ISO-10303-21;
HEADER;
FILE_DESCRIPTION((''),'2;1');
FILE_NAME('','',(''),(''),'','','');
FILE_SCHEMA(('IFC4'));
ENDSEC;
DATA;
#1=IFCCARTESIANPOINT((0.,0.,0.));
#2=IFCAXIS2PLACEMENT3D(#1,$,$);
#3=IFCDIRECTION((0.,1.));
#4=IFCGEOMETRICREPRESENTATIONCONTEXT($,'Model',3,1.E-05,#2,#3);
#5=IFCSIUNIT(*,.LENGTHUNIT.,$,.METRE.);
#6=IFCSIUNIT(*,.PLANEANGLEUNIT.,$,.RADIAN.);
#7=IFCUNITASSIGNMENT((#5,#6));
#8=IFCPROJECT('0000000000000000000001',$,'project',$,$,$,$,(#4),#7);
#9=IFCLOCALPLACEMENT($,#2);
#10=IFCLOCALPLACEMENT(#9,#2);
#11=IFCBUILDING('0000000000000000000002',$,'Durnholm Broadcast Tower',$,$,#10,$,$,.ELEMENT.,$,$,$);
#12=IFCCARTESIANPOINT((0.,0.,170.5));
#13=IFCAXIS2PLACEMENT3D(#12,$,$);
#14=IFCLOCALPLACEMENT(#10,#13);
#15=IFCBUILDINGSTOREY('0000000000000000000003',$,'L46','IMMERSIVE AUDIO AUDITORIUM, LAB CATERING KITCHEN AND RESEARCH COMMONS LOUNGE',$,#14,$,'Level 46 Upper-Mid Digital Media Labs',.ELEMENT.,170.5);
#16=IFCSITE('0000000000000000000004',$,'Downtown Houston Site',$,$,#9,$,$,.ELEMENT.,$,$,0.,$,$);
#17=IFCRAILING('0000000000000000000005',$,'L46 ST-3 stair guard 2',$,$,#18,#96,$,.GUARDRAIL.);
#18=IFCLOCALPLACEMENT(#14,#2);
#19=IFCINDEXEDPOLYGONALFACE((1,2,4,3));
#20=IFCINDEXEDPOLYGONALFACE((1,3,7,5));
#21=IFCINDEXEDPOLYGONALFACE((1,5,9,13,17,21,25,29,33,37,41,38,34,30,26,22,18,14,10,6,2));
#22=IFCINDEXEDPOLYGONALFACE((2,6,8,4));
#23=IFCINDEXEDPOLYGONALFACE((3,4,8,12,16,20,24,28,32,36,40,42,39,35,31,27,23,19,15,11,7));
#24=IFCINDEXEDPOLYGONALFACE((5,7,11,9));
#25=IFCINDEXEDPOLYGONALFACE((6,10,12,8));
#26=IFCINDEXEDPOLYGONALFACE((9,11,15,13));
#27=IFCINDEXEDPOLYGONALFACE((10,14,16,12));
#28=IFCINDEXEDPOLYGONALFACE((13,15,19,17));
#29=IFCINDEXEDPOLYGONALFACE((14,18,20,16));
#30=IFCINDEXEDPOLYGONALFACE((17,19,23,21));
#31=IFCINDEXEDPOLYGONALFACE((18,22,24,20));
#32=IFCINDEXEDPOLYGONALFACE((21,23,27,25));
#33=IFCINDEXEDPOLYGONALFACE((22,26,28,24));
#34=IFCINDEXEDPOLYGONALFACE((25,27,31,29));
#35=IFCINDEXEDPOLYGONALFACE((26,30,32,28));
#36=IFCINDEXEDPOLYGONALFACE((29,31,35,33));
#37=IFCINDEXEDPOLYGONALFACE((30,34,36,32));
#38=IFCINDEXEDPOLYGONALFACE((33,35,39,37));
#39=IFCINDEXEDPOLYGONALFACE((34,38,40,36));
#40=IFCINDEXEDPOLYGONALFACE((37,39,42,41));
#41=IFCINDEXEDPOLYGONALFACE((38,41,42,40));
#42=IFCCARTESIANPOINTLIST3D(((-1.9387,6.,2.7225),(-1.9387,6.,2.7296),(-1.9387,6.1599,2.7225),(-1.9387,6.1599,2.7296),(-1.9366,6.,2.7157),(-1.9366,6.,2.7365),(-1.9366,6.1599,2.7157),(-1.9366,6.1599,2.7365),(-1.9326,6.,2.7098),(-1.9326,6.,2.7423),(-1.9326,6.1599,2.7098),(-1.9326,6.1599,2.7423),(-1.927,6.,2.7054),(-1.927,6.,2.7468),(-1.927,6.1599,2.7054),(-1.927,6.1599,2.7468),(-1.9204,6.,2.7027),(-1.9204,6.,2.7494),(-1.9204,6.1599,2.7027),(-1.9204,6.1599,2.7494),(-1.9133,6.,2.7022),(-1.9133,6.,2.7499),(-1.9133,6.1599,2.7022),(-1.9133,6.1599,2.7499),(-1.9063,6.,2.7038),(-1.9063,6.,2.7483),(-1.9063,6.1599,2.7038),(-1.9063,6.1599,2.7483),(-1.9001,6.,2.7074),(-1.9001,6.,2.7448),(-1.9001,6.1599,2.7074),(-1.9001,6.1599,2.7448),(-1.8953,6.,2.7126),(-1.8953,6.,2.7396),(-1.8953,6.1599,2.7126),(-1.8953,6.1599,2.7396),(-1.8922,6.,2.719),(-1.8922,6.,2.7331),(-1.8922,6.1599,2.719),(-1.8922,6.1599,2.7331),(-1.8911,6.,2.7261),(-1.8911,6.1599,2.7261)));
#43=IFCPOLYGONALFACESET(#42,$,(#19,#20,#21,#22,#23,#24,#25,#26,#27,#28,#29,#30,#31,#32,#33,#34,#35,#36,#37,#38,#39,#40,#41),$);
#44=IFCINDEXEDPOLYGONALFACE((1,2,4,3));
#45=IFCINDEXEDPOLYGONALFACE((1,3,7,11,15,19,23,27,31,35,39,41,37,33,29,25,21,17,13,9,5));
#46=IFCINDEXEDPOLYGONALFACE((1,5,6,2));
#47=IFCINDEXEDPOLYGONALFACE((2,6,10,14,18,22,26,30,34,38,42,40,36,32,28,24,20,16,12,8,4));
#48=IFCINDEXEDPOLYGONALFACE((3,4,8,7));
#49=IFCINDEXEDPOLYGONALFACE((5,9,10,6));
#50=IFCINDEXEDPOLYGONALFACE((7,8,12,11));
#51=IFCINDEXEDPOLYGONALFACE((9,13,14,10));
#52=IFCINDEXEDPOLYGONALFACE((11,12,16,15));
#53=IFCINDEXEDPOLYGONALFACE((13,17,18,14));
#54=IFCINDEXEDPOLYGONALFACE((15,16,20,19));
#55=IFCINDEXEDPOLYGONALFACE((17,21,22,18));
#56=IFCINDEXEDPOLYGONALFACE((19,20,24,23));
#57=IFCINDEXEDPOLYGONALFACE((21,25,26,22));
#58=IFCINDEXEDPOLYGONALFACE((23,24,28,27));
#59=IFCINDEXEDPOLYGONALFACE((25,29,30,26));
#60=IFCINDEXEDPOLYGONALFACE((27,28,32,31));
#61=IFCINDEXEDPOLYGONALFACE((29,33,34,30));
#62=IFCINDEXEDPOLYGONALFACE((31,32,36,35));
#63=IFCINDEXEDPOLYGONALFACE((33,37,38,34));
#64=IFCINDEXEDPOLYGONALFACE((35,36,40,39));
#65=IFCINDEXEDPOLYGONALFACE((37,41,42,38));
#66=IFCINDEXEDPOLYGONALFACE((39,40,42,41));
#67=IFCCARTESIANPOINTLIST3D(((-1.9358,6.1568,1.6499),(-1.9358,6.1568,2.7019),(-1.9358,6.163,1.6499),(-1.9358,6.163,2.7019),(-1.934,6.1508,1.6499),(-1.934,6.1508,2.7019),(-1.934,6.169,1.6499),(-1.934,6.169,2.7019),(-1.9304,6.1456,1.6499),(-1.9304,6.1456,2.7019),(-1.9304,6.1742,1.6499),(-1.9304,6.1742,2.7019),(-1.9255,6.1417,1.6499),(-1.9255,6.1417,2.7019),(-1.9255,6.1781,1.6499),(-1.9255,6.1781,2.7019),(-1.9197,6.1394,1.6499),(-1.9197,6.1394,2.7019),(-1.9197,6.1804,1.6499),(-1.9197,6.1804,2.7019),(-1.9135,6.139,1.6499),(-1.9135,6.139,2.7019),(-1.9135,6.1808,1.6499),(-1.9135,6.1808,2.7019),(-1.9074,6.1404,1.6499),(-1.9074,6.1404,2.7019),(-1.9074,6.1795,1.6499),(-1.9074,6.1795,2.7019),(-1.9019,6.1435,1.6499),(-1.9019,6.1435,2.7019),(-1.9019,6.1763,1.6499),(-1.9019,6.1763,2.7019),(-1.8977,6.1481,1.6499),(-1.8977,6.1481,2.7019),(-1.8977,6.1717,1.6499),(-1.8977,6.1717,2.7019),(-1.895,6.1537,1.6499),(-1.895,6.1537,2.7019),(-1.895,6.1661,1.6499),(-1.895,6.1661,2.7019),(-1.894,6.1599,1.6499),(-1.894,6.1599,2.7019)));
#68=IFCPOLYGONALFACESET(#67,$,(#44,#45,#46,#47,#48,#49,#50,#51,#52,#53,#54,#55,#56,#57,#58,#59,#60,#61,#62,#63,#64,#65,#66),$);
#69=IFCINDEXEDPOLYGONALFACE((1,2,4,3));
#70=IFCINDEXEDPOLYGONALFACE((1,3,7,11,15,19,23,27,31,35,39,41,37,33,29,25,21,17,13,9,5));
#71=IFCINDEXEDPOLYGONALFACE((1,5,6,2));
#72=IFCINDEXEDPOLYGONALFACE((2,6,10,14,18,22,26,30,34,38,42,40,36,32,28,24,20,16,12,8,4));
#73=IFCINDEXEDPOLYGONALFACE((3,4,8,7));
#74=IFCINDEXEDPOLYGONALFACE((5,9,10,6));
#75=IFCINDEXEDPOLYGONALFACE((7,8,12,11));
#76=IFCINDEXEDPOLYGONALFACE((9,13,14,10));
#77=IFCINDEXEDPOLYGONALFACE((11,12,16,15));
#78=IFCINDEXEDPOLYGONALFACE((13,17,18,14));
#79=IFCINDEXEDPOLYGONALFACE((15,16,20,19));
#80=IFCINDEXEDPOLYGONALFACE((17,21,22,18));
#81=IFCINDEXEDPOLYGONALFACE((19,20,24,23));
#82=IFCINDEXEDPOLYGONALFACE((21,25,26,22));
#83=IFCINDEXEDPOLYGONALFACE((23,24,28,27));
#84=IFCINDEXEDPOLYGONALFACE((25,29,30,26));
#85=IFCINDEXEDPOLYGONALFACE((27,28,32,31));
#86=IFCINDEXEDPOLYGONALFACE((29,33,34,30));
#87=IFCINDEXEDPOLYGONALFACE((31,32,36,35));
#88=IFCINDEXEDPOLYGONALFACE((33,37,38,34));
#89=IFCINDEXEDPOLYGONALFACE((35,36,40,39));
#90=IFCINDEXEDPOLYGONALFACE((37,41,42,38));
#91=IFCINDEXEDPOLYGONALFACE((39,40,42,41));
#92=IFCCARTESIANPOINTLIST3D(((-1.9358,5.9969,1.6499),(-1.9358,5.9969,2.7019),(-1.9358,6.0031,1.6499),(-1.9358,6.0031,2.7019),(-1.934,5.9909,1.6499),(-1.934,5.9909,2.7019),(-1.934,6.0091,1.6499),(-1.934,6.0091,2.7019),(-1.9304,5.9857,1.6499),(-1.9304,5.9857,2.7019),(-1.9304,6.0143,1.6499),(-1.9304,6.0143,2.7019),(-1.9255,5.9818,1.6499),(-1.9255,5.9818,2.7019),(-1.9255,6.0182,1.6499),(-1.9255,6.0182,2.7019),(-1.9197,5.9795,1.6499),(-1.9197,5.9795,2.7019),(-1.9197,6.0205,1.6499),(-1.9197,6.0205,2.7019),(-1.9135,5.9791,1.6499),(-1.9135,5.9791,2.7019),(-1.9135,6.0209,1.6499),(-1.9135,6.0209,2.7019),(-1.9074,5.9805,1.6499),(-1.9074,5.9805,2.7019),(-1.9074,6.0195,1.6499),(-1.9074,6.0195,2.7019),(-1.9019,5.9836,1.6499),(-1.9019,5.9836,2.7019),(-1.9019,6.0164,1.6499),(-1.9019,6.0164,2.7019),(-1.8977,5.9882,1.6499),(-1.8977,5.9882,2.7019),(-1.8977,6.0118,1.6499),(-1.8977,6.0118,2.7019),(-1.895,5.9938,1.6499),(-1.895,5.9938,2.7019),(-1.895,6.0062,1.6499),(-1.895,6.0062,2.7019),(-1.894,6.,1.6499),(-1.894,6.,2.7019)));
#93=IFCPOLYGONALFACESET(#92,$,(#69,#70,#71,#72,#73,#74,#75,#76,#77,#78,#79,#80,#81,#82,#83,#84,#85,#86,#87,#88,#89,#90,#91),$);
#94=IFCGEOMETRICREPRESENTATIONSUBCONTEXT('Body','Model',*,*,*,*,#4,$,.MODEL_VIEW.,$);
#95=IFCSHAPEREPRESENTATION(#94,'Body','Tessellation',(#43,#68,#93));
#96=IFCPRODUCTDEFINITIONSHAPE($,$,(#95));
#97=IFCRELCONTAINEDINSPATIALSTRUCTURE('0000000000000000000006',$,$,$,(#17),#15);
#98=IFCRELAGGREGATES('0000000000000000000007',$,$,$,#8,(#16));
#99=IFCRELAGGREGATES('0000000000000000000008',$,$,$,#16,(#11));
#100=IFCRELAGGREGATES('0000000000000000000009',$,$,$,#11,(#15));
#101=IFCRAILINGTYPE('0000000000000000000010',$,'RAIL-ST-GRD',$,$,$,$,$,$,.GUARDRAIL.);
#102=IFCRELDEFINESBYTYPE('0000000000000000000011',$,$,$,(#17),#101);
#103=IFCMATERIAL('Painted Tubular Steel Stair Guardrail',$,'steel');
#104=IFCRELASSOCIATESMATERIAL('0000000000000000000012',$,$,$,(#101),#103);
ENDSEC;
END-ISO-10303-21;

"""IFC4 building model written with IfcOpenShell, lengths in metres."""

from ifc_helpers import new_model, si_unit, direction, frame, origin, origin_2d, place, context, subcontext, project, spatial, circle, extrude, material, type_object, element, save


model = new_model("IFC4")

# Units and contexts
model_context = context("Model", 3, precision=1e-05, world=origin(), true_north=direction((0.0, 1.0)))
body_context = subcontext(model_context, "Body", "Model", "MODEL_VIEW")
ifc_project = project(units=[si_unit("LENGTHUNIT", "METRE"), si_unit("PLANEANGLEUNIT", "RADIAN")], contexts=[model_context])

# Site, building, storey
site_placement = place(None, origin())
site = spatial("IfcSite", under=ifc_project, at=site_placement, Name="Downtown Houston Site", CompositionType="ELEMENT", RefElevation=0.0)
building_placement = place(site_placement, origin())
building = spatial("IfcBuilding", under=site, at=building_placement, Name="Durnholm Broadcast Tower", CompositionType="ELEMENT")
storey_placement = place(building_placement, frame((0.0, 0.0, 170.5)))
storey = spatial("IfcBuildingStorey", under=building, at=storey_placement, Name="L46", Description="IMMERSIVE AUDIO AUDITORIUM, LAB CATERING KITCHEN AND RESEARCH COMMONS LOUNGE", LongName="Level 46 Upper-Mid Digital Media Labs", CompositionType="ELEMENT", Elevation=170.5)

# Railing
ifc_material_1 = material(Name="Painted Tubular Steel Stair Guardrail", Category="steel")
railing_type_1 = type_object("IfcRailingType", Name="RAIL-ST-GRD", PredefinedType="GUARDRAIL", material=ifc_material_1)
railing_1_placement = place(storey_placement, frame((-1.915, 6.1599, 1.6499)))
element("IfcRailing", 1, at=railing_1_placement, inside=storey, type_object=railing_type_1, Name="L46 ST-3 stair guard 2", PredefinedType="GUARDRAIL", context=body_context, shape_type="SweptSolid", body=[
    extrude(circle(Radius=0.0239, at=origin_2d()), frame((0.0, 0.0, 1.0762), z_axis=(0.0, -1.0, 0.0), x_axis=(1.0, 0.0, 0.0)), (0.0, 0.0, 1.0), 0.1599),
    extrude(circle(Radius=0.021, at=origin_2d()), origin(), (0.0, 0.0, 1.0), 1.052),
    extrude(circle(Radius=0.021, at=origin_2d()), frame((0.0, -0.1599, 0.0)), (0.0, 0.0, 1.0), 1.052),
])

save(model, "model.ifc")
